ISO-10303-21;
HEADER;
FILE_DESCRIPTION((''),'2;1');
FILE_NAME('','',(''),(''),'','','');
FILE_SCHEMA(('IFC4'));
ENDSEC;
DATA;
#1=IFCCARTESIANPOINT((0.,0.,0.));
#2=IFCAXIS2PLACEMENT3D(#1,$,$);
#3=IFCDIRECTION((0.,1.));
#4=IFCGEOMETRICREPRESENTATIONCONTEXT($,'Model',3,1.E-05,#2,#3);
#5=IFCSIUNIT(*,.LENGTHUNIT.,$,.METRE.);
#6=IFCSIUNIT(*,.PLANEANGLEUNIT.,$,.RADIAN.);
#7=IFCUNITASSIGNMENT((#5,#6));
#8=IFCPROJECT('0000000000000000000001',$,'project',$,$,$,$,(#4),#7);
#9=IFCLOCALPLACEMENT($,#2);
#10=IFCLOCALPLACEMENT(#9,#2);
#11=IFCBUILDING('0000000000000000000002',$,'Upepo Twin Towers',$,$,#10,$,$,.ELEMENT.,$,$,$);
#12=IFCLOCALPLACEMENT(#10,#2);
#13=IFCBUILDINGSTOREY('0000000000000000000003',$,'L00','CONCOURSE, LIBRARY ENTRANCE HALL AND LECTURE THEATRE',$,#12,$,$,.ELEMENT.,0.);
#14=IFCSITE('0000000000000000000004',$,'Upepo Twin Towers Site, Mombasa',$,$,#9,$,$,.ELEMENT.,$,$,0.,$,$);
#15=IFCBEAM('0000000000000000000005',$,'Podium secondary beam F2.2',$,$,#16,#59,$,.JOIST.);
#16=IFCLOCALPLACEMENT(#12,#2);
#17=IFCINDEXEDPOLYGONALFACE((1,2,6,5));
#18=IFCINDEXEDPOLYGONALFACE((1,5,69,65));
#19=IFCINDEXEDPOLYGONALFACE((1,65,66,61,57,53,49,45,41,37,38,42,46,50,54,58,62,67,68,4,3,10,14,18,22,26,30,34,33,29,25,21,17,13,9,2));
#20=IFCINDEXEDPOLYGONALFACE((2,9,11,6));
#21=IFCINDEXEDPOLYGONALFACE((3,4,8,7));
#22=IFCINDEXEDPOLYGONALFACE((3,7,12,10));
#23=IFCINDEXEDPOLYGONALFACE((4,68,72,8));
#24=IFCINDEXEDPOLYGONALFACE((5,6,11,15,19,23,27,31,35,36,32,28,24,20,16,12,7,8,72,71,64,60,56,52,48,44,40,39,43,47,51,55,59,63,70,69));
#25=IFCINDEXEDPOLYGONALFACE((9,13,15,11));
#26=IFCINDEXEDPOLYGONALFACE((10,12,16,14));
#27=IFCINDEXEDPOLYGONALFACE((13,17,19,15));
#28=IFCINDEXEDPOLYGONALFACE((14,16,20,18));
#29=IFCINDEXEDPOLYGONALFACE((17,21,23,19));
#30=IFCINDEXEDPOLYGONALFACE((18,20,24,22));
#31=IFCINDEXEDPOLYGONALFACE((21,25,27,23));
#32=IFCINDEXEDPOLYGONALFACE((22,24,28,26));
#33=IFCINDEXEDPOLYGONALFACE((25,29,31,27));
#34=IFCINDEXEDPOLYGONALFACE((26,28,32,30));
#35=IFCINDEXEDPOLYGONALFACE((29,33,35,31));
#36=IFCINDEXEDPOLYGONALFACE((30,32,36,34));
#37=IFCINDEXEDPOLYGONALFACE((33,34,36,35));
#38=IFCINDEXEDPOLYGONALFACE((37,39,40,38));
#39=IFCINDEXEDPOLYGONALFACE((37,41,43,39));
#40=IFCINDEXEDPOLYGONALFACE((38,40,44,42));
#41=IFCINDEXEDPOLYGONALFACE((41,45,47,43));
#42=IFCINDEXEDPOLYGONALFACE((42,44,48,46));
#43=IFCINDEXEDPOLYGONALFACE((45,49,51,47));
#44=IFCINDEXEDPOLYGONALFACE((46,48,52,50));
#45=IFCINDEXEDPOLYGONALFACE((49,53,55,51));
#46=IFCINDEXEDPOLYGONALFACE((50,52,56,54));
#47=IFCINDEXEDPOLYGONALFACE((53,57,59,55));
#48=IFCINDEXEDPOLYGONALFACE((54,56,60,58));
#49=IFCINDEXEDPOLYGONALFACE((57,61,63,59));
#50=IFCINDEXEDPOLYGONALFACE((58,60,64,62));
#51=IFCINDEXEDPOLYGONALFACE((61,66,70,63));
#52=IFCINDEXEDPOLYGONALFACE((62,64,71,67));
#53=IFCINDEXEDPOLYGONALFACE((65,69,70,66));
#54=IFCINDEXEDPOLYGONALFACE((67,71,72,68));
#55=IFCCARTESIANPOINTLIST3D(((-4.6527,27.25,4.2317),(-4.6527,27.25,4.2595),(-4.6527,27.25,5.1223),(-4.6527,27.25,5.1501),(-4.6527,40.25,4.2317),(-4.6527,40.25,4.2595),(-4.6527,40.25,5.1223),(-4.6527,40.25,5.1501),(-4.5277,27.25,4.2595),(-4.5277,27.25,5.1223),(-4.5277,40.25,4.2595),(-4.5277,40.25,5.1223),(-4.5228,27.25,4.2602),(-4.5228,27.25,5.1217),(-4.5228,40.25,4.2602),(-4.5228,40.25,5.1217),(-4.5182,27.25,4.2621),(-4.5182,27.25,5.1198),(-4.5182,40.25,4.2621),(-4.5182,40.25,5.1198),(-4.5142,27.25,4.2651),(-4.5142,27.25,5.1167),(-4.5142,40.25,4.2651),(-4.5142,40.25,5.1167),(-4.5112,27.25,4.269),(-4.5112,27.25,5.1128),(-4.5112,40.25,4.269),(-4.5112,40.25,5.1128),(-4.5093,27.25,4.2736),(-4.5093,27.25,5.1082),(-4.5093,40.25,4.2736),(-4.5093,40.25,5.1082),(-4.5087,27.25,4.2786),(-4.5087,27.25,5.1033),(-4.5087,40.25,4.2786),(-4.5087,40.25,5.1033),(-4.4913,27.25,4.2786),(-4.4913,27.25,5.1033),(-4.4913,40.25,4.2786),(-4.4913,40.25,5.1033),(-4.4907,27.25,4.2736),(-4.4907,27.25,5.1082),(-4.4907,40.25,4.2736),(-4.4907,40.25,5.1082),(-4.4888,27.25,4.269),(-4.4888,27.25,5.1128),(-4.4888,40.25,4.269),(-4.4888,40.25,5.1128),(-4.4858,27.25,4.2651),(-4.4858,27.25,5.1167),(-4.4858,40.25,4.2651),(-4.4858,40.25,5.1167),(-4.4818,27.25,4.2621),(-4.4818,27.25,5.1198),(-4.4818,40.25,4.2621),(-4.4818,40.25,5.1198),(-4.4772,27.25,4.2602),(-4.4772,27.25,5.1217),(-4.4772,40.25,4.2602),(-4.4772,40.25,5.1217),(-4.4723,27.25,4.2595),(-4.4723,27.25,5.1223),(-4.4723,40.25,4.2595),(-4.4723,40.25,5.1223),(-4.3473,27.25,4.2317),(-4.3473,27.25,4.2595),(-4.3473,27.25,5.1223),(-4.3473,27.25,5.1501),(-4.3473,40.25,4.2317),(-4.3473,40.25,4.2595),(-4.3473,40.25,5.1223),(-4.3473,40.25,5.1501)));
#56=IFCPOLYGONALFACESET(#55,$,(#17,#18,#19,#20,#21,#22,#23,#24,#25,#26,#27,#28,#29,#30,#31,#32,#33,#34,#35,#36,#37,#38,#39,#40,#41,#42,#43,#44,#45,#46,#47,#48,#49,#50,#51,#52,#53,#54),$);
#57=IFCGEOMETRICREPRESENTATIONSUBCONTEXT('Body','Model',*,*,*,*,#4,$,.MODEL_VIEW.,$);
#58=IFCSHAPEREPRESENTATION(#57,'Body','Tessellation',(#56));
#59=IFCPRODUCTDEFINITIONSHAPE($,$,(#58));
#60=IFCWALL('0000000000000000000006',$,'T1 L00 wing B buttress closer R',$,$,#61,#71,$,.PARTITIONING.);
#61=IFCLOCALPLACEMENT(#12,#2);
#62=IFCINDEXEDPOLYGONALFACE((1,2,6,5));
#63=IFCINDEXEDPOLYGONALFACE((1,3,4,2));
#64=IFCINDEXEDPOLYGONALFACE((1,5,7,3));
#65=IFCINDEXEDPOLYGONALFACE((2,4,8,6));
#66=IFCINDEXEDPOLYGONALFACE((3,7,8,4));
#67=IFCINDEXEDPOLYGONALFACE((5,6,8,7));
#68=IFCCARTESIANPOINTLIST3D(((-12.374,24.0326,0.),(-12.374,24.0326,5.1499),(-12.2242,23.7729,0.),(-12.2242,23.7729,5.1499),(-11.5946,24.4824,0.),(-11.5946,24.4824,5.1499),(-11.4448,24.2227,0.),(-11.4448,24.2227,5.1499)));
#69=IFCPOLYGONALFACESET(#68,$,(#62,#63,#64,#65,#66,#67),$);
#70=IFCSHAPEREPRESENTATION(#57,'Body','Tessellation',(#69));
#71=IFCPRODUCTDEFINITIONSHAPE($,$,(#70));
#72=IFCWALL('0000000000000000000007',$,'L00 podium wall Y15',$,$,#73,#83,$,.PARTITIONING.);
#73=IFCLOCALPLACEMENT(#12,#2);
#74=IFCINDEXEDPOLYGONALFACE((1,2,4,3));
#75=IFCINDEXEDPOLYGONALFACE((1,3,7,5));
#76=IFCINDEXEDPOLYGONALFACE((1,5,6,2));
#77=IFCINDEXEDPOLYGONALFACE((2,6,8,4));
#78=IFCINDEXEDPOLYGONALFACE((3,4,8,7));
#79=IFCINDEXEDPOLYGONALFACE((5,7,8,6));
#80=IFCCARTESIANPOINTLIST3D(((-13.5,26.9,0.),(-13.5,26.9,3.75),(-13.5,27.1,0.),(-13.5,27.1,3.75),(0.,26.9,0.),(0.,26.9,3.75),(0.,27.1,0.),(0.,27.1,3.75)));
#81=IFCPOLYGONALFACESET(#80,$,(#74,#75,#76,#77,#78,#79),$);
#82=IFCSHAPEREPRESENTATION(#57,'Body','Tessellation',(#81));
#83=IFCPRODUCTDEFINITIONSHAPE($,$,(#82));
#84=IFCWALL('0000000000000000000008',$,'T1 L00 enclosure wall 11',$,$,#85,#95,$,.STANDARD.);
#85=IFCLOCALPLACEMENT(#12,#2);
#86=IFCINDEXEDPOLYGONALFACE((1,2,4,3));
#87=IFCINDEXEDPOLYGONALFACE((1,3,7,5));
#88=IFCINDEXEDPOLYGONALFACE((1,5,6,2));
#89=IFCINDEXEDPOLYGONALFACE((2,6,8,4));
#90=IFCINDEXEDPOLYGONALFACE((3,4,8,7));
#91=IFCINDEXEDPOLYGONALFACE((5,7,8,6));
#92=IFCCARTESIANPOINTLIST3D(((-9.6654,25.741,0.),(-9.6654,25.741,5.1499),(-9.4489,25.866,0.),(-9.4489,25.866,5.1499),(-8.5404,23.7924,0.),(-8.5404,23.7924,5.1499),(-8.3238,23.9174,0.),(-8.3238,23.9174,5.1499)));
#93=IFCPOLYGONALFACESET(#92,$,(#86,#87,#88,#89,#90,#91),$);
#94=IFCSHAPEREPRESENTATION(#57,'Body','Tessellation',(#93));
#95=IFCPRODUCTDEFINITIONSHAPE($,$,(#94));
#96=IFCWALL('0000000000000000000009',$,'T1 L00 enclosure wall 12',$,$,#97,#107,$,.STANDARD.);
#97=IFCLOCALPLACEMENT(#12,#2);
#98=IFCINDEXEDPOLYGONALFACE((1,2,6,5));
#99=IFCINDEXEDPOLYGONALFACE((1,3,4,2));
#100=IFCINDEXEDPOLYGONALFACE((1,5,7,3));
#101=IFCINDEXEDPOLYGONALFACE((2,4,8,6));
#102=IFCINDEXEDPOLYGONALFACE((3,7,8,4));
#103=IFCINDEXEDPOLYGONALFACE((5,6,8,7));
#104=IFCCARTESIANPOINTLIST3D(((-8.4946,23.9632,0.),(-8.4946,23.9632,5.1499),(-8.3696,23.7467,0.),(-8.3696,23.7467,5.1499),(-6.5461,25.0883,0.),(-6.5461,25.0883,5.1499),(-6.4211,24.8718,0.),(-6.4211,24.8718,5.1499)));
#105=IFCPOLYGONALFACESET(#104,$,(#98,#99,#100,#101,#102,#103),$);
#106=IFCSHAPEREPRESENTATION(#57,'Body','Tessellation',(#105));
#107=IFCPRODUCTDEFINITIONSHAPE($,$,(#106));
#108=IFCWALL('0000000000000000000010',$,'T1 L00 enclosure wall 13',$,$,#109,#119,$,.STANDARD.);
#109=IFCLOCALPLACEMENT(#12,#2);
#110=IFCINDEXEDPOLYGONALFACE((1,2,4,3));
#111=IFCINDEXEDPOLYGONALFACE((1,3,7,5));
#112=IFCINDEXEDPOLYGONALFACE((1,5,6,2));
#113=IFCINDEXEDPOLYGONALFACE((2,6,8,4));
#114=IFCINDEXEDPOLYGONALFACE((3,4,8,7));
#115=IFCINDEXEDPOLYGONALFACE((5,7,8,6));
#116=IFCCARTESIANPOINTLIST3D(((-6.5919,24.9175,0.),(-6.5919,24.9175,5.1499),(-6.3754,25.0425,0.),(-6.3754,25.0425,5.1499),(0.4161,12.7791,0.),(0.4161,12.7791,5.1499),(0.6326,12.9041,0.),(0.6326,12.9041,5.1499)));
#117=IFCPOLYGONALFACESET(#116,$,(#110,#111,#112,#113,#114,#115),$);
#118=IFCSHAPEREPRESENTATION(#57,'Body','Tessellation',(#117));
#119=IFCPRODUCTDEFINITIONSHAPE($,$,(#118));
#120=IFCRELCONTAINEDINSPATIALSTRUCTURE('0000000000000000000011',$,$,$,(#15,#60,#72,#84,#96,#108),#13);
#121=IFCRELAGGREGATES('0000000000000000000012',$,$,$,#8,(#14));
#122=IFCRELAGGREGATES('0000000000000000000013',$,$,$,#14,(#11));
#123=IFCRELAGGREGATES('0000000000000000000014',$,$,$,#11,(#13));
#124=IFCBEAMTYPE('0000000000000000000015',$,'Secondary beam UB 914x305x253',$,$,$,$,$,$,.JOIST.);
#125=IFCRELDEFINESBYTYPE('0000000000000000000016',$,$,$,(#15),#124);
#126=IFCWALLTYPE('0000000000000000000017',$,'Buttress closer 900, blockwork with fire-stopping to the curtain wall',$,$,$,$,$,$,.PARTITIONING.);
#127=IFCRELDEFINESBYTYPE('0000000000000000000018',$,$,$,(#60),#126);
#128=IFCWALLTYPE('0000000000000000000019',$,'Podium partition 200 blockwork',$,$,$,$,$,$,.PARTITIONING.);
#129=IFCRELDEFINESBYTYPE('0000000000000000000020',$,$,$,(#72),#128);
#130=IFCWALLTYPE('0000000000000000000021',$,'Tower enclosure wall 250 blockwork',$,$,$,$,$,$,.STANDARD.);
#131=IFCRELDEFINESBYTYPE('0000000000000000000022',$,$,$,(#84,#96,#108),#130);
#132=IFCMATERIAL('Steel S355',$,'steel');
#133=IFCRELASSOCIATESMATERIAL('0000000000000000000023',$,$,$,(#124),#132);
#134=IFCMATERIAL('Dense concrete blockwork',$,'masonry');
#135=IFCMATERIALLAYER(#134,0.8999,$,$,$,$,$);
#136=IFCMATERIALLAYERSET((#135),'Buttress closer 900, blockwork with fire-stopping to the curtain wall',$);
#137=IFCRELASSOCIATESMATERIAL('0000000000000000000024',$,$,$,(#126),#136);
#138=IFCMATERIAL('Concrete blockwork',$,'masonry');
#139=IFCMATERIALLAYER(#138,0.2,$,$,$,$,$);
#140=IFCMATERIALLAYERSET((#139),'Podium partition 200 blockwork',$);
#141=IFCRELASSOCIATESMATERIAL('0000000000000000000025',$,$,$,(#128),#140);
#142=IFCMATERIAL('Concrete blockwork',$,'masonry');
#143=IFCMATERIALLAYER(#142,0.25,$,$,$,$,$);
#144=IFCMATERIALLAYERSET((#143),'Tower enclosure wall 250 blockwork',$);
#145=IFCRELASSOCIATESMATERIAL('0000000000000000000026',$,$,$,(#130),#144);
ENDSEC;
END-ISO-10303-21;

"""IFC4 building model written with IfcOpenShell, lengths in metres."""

from ifc_helpers import new_model, si_unit, direction, frame, frame_2d, origin, origin_2d, place, context, subcontext, project, spatial, rectangle, i_section, extrude, material, layer, layer_set, material_profile, profile_set, type_object, element, save


model = new_model("IFC4")

# Units and contexts
model_context = context("Model", 3, precision=1e-05, world=origin(), true_north=direction((0.0, 1.0)))
body_context = subcontext(model_context, "Body", "Model", "MODEL_VIEW")
ifc_project = project(units=[si_unit("LENGTHUNIT", "METRE"), si_unit("PLANEANGLEUNIT", "RADIAN")], contexts=[model_context])

# Site, building, storey
site_placement = place(None, origin())
site = spatial("IfcSite", under=ifc_project, at=site_placement, Name="Upepo Twin Towers Site, Mombasa", CompositionType="ELEMENT", RefElevation=0.0)
building_placement = place(site_placement, origin())
building = spatial("IfcBuilding", under=site, at=building_placement, Name="Upepo Twin Towers", CompositionType="ELEMENT")
storey_placement = place(building_placement, origin())
storey = spatial("IfcBuildingStorey", under=building, at=storey_placement, Name="L00", Description="CONCOURSE, LIBRARY ENTRANCE HALL AND LECTURE THEATRE", CompositionType="ELEMENT", Elevation=0.0)

# Beam
ifc_material_1 = material(Name="Steel S355", Category="steel")
ifc_material_profile_1 = material_profile(ifc_material_1, i_section(OverallWidth=0.3054, OverallDepth=0.9185, WebThickness=0.0173, FlangeThickness=0.0278, FilletRadius=0.019, at=origin_2d()), Name="UB 914x305x253")
ifc_profile_set_1 = profile_set([ifc_material_profile_1], Name="Steel S355")
beam_type_1 = type_object("IfcBeamType", Name="Secondary beam UB 914x305x253", PredefinedType="JOIST", material=ifc_profile_set_1)
for number, where, z_axis, x_axis, name in (
    (1, (-4.5, 27.25, 4.6909), (0.0, 1.0, 0.0), (-1.0, 0.0, 0.0), "Podium secondary beam F2.2"),
):
    element("IfcBeam", number, at=place(storey_placement, frame(where, z_axis=z_axis, x_axis=x_axis)), inside=storey, type_object=beam_type_1, Name=name, PredefinedType="JOIST", context=body_context, shape_type="SweptSolid", body=[
        extrude(i_section(OverallWidth=0.3054, OverallDepth=0.9185, WebThickness=0.0173, FlangeThickness=0.0278, FilletRadius=0.019, at=origin_2d()), origin(), (0.0, 0.0, 1.0), 13.0),
    ])

# Walls
ifc_material_2 = material(Name="Dense concrete blockwork", Category="masonry")
ifc_layer_1 = layer(ifc_material_2, 0.8999)
ifc_layer_set_1 = layer_set([ifc_layer_1], Name="Buttress closer 900, blockwork with fire-stopping to the curtain wall")
wall_type_1 = type_object("IfcWallType", Name="Buttress closer 900, blockwork with fire-stopping to the curtain wall", PredefinedType="PARTITIONING", material=ifc_layer_set_1)
wall_1_placement = place(storey_placement, frame((-11.8345, 23.9978, 0.0), z_axis=(0.0, 0.0, 1.0), x_axis=(-0.499816, 0.866131, 0.0)))
element("IfcWall", 2, at=wall_1_placement, inside=storey, type_object=wall_type_1, Name="T1 L00 wing B buttress closer R", PredefinedType="PARTITIONING", context=body_context, shape_type="SweptSolid", body=[
    extrude(rectangle(XDim=0.2998, YDim=0.8999, at=frame_2d((0.1499, 0.0))), origin(), (0.0, 0.0, 1.0), 5.1499),
])
ifc_material_3 = material(Name="Concrete blockwork", Category="masonry")
ifc_layer_2 = layer(ifc_material_3, 0.2)
ifc_layer_set_2 = layer_set([ifc_layer_2], Name="Podium partition 200 blockwork")
wall_type_2 = type_object("IfcWallType", Name="Podium partition 200 blockwork", PredefinedType="PARTITIONING", material=ifc_layer_set_2)
wall_2_placement = place(storey_placement, frame((-13.5, 27.0, 0.0), z_axis=(0.0, 0.0, 1.0), x_axis=(1.0, 0.0, 0.0)))
element("IfcWall", 3, at=wall_2_placement, inside=storey, type_object=wall_type_2, Name="L00 podium wall Y15", PredefinedType="PARTITIONING", context=body_context, shape_type="SweptSolid", body=[
    extrude(rectangle(XDim=13.5, YDim=0.2, at=frame_2d((6.75, 0.0))), origin(), (0.0, 0.0, 1.0), 3.75),
])
ifc_material_4 = material(Name="Concrete blockwork", Category="masonry")
ifc_layer_3 = layer(ifc_material_4, 0.25)
ifc_layer_set_3 = layer_set([ifc_layer_3], Name="Tower enclosure wall 250 blockwork")
wall_type_3 = type_object("IfcWallType", Name="Tower enclosure wall 250 blockwork", PredefinedType="STANDARD", material=ifc_layer_set_3)
for number, where, z_axis, x_axis, name in (
    (4, (-9.5571, 25.8035, 0.0), (0.0, 0.0, 1.0), (0.500014, -0.866018, 0.0), "T1 L00 enclosure wall 11"),
    (5, (-8.4321, 23.855, 0.0), (0.0, 0.0, 1.0), (0.866018, 0.500014, 0.0), "T1 L00 enclosure wall 12"),
):
    element("IfcWall", number, at=place(storey_placement, frame(where, z_axis=z_axis, x_axis=x_axis)), inside=storey, type_object=wall_type_3, Name=name, PredefinedType="STANDARD", context=body_context, shape_type="SweptSolid", body=[
        extrude(rectangle(XDim=2.25, YDim=0.25, at=frame_2d((1.125, 0.0))), origin(), (0.0, 0.0, 1.0), 5.1499),
    ])
wall_3_placement = place(storey_placement, frame((-6.4836, 24.98, 0.0), z_axis=(0.0, 0.0, 1.0), x_axis=(0.499996, -0.866028, 0.0)))
element("IfcWall", 6, at=wall_3_placement, inside=storey, type_object=wall_type_3, Name="T1 L00 enclosure wall 13", PredefinedType="STANDARD", context=body_context, shape_type="SweptSolid", body=[
    extrude(rectangle(XDim=14.0161, YDim=0.25, at=frame_2d((7.0081, 0.0))), origin(), (0.0, 0.0, 1.0), 5.1499),
])

save(model, "model.ifc")
